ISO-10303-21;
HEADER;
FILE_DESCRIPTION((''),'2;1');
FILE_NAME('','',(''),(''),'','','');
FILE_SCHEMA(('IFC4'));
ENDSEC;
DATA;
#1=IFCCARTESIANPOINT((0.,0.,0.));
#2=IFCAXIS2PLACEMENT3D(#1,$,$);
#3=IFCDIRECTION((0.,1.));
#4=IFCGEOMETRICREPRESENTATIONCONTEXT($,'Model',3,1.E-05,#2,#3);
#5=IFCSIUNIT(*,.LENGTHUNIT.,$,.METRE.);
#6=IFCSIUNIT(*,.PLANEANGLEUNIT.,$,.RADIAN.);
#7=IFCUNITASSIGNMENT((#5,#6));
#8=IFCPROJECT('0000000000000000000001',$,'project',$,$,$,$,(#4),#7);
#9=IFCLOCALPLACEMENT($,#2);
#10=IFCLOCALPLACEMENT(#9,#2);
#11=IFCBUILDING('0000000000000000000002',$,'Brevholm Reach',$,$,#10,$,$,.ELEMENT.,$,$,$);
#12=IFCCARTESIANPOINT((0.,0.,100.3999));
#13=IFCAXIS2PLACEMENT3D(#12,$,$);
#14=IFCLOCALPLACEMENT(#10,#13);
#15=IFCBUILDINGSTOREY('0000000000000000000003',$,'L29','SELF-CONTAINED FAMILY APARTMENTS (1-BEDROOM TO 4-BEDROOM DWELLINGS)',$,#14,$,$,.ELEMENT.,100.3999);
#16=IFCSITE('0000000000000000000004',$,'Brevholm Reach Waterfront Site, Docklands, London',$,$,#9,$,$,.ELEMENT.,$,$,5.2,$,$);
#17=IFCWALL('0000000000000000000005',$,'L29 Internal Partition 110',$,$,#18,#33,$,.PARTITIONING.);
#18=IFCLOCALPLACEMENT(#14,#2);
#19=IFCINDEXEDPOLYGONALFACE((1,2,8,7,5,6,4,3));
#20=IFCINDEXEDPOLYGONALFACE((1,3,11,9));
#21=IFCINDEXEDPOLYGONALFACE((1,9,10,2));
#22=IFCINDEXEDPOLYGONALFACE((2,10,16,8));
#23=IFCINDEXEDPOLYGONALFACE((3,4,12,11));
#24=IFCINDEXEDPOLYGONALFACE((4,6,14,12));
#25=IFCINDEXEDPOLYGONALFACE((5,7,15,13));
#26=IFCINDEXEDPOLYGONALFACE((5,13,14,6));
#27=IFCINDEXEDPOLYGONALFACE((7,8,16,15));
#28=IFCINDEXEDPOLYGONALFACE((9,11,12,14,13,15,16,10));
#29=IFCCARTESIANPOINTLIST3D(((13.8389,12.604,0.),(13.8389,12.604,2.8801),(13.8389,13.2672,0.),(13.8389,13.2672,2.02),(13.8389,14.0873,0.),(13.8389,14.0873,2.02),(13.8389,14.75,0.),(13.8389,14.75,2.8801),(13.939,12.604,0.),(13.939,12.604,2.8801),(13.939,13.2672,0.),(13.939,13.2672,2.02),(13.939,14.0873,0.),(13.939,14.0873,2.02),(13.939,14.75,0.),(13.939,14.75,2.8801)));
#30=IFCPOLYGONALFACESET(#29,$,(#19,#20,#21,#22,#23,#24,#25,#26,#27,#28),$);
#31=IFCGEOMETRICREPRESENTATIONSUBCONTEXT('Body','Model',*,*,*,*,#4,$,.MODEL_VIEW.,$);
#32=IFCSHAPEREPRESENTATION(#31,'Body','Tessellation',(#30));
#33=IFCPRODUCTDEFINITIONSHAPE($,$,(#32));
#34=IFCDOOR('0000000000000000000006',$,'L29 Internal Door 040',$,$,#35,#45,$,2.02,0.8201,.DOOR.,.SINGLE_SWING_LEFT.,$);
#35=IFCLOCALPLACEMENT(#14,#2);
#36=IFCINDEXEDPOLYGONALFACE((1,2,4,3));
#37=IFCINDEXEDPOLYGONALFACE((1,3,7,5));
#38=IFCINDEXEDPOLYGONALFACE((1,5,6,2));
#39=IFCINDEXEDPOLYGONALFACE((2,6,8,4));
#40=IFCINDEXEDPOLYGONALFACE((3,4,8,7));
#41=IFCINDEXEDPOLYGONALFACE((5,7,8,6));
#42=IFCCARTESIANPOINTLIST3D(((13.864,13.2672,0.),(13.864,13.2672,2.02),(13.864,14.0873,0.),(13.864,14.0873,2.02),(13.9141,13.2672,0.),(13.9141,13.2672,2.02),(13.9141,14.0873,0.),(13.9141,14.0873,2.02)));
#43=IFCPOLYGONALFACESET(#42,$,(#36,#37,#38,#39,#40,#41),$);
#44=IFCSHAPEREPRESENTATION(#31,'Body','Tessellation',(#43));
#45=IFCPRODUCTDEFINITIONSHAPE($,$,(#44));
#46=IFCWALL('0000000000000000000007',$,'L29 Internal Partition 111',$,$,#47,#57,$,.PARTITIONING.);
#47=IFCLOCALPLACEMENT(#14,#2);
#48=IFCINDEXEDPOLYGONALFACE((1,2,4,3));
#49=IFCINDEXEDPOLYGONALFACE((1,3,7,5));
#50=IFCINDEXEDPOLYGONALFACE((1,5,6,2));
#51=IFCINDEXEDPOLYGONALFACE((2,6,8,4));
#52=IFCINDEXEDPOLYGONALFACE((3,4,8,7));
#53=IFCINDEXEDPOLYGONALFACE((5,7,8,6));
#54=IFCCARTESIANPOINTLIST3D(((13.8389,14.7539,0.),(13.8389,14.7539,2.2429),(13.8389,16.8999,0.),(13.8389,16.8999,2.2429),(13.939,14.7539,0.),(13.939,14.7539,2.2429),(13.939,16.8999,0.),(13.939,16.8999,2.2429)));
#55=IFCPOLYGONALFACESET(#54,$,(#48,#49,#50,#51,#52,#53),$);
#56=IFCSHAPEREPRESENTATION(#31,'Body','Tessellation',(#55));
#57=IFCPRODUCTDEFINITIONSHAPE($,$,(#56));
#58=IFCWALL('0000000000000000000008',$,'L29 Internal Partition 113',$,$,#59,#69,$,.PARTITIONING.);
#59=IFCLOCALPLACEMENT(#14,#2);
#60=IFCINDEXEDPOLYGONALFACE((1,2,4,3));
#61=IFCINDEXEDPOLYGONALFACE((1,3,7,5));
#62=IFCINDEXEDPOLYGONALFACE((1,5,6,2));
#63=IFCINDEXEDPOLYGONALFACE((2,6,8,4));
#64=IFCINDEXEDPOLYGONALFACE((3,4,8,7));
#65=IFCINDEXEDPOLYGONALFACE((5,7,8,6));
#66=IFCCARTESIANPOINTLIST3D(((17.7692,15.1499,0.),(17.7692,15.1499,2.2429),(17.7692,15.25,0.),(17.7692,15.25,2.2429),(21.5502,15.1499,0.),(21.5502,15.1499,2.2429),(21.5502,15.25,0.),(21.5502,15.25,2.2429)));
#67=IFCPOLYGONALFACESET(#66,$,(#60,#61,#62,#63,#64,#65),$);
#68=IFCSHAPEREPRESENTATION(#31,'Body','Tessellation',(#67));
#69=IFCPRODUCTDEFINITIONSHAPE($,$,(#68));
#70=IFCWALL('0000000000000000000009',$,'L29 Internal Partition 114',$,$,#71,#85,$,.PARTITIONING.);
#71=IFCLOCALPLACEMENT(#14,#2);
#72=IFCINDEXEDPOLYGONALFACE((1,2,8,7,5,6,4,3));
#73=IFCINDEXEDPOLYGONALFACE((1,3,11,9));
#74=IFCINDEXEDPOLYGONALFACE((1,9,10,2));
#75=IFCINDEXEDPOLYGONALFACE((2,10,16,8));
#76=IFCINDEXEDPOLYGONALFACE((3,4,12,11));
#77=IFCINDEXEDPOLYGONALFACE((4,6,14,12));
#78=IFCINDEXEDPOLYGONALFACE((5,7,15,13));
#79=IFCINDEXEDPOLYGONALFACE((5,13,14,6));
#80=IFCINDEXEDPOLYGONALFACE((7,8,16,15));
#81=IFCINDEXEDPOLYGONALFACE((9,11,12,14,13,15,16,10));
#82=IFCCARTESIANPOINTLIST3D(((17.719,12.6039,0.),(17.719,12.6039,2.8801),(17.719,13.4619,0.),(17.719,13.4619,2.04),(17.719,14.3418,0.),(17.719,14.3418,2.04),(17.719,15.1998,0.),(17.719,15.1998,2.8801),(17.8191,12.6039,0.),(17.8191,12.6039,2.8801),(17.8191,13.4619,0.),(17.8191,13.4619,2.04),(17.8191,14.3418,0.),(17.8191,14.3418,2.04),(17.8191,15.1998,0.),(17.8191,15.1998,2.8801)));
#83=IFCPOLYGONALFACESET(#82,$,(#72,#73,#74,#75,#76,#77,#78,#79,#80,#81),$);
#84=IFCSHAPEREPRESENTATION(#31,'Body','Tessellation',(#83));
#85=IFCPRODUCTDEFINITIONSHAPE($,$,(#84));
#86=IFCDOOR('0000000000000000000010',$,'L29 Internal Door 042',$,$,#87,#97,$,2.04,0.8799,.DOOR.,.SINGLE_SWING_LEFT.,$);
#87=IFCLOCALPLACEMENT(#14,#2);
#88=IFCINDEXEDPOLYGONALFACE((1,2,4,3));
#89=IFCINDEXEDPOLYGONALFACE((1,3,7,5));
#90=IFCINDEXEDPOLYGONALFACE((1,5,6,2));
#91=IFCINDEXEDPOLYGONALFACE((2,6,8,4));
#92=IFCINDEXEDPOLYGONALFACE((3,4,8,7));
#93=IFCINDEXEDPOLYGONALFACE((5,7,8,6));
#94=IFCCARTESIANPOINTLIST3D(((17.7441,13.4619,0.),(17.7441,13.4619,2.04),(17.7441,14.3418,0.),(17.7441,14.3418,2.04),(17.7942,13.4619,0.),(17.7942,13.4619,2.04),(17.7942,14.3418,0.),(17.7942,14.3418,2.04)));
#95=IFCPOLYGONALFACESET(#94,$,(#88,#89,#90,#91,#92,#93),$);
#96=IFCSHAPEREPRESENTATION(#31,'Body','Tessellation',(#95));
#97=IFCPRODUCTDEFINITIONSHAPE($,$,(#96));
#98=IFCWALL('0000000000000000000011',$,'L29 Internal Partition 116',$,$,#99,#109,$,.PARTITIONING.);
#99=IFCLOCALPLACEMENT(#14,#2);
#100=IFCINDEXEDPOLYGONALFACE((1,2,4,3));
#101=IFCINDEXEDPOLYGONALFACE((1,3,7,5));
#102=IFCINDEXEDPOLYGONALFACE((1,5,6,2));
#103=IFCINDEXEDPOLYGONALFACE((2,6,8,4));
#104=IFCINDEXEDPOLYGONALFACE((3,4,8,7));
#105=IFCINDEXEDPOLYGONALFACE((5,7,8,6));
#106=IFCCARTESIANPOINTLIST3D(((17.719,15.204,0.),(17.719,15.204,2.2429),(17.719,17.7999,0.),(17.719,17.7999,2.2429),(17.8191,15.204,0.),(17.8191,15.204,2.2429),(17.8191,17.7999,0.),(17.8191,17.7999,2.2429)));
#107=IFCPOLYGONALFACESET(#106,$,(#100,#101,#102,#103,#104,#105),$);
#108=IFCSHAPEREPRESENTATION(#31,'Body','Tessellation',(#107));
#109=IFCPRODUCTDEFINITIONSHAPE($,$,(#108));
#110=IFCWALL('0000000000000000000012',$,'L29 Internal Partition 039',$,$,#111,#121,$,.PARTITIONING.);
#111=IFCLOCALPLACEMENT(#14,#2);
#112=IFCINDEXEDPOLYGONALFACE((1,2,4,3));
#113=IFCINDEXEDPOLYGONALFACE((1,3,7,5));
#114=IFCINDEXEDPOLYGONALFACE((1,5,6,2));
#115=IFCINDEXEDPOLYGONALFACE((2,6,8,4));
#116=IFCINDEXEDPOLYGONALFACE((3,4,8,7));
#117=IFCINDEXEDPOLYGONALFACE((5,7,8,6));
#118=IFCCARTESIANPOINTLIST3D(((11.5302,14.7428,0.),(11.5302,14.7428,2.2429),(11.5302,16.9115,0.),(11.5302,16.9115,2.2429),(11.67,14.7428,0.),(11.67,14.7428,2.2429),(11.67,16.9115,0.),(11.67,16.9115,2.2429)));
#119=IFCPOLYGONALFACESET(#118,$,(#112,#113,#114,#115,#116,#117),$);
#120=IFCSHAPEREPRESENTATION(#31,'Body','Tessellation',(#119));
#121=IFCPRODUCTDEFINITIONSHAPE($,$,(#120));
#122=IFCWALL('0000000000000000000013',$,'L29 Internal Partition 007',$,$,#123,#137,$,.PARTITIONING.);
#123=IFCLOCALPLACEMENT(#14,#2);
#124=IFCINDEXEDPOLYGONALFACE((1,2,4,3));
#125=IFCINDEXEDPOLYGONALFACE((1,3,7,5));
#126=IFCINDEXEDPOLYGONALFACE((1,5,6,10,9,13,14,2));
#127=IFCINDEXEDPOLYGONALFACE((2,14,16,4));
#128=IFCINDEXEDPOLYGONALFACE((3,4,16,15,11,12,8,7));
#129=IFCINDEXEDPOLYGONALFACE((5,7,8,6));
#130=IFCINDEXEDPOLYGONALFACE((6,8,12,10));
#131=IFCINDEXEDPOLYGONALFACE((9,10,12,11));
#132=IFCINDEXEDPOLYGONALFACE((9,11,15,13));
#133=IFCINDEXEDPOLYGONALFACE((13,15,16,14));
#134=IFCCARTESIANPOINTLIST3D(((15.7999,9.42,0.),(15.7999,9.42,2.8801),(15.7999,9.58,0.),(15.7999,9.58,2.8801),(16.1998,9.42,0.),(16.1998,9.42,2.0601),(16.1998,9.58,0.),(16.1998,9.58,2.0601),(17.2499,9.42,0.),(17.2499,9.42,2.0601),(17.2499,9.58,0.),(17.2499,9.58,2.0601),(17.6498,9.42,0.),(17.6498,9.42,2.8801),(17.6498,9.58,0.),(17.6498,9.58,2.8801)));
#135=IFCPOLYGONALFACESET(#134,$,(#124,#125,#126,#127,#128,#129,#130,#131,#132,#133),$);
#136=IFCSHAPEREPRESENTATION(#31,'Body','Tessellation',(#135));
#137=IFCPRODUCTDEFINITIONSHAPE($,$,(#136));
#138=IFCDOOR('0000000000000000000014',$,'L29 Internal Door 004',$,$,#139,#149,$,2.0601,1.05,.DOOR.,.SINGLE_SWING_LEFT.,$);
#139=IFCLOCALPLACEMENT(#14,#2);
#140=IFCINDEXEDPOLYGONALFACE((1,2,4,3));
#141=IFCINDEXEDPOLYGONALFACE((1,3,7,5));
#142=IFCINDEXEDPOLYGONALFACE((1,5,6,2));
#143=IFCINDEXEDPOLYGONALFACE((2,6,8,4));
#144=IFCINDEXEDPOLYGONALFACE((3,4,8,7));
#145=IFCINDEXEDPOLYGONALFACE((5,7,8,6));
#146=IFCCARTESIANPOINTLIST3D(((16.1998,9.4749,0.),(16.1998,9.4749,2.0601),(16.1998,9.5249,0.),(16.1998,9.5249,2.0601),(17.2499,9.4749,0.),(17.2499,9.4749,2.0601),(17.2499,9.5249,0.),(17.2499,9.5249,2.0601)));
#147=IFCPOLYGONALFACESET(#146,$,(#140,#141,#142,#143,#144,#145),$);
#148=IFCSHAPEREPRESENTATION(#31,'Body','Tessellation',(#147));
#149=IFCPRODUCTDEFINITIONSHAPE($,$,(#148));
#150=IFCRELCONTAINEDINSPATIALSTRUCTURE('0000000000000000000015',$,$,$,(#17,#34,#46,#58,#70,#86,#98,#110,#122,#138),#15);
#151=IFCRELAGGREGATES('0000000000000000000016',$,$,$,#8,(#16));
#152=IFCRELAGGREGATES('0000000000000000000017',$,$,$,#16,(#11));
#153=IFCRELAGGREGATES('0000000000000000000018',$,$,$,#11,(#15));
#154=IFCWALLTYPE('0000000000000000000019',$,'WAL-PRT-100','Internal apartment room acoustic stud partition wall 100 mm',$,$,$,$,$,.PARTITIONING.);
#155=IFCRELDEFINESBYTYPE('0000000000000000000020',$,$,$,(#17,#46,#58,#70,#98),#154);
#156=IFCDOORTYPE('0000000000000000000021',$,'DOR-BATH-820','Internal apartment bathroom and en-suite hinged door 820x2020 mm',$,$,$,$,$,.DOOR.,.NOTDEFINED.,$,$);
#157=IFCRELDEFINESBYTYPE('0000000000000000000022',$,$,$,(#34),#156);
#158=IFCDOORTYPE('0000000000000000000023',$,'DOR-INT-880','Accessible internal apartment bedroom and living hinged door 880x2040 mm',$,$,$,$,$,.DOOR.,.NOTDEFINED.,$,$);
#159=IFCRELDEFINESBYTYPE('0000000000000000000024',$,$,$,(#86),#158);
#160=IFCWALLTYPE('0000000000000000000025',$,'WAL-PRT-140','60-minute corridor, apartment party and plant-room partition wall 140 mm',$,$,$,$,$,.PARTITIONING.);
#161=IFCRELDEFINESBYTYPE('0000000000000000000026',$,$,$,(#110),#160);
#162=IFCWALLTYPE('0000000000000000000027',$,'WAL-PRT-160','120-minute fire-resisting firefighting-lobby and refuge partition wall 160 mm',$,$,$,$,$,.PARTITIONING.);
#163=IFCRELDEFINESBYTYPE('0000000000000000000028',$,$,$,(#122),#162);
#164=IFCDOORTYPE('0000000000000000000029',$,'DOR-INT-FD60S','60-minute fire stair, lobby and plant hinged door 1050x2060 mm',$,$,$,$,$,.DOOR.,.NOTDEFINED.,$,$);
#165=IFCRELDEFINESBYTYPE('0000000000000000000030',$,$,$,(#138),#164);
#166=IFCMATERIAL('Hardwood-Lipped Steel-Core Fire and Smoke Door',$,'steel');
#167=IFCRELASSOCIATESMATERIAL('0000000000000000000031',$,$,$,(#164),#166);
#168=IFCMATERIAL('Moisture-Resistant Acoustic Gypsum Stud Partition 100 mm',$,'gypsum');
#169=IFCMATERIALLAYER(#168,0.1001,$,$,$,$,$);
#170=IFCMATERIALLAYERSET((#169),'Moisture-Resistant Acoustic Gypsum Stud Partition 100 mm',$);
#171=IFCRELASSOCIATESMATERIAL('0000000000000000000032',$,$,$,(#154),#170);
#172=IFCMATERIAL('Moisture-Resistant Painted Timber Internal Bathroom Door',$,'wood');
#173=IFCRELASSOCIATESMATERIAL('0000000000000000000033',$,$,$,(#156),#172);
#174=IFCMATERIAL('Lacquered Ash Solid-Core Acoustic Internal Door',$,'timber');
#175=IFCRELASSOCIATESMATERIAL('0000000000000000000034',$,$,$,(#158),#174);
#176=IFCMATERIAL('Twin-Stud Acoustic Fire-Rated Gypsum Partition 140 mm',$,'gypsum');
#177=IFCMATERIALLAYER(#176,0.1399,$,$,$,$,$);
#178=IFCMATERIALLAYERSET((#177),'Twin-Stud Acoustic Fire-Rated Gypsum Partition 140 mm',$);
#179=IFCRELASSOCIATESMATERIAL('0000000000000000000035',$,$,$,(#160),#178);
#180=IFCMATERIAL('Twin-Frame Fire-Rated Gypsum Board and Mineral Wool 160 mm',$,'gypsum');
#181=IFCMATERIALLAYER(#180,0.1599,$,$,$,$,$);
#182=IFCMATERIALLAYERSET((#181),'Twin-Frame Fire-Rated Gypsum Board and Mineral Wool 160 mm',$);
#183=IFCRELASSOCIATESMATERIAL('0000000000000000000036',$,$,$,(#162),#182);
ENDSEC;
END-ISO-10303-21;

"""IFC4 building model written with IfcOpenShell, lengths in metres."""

from ifc_helpers import new_model, si_unit, direction, frame, frame_2d, origin, place, context, subcontext, project, spatial, rectangle, extrude, material, layer, layer_set, type_object, element, fill, save


model = new_model("IFC4")

# Units and contexts
model_context = context("Model", 3, precision=1e-05, world=origin(), true_north=direction((0.0, 1.0)))
body_context = subcontext(model_context, "Body", "Model", "MODEL_VIEW")
ifc_project = project(units=[si_unit("LENGTHUNIT", "METRE"), si_unit("PLANEANGLEUNIT", "RADIAN")], contexts=[model_context])

# Site, building, storey
site_placement = place(None, origin())
site = spatial("IfcSite", under=ifc_project, at=site_placement, Name="Brevholm Reach Waterfront Site, Docklands, London", CompositionType="ELEMENT", RefElevation=5.2)
building_placement = place(site_placement, origin())
building = spatial("IfcBuilding", under=site, at=building_placement, Name="Brevholm Reach", CompositionType="ELEMENT")
storey_placement = place(building_placement, frame((0.0, 0.0, 100.3999)))
storey = spatial("IfcBuildingStorey", under=building, at=storey_placement, Name="L29", Description="SELF-CONTAINED FAMILY APARTMENTS (1-BEDROOM TO 4-BEDROOM DWELLINGS)", CompositionType="ELEMENT", Elevation=100.3999)

# Shared definitions
ifc_material_1 = material(Name="Hardwood-Lipped Steel-Core Fire and Smoke Door", Category="steel")
door_type_1 = type_object("IfcDoorType", Name="DOR-INT-FD60S", Description="60-minute fire stair, lobby and plant hinged door 1050x2060 mm", OperationType="NOTDEFINED", PredefinedType="DOOR", material=ifc_material_1)

# Shared definitions
ifc_material_2 = material(Name="Moisture-Resistant Acoustic Gypsum Stud Partition 100 mm", Category="gypsum")
ifc_layer_1 = layer(ifc_material_2, 0.1001)
ifc_layer_set_1 = layer_set([ifc_layer_1], Name="Moisture-Resistant Acoustic Gypsum Stud Partition 100 mm")
wall_type_1 = type_object("IfcWallType", Name="WAL-PRT-100", Description="Internal apartment room acoustic stud partition wall 100 mm", PredefinedType="PARTITIONING", material=ifc_layer_set_1)

# Wall, opening, door
wall_1_placement = place(storey_placement, frame((13.8889, 12.604, 0.0), z_axis=(0.0, 0.0, 1.0), x_axis=(0.0, 1.0, 0.0)))
wall_1 = element("IfcWall", 1, at=wall_1_placement, inside=storey, type_object=wall_type_1, Name="L29 Internal Partition 110", PredefinedType="PARTITIONING", context=body_context, shape_type="SweptSolid", body=[
    extrude(rectangle(XDim=2.146, YDim=0.1001, at=frame_2d((1.073, 0.0))), origin(), (0.0, 0.0, 1.0), 2.8801),
])
opening_1_placement = place(wall_1_placement, frame((0.6631, 0.0, 0.0)))
opening_1 = element("IfcOpeningElement", 2, at=opening_1_placement, cuts=wall_1, PredefinedType="OPENING", context=body_context, shape_type="SweptSolid", body=[
    extrude(rectangle(XDim=0.8201, YDim=2.02, at=frame_2d((0.4102, 1.01))), frame((0.0, 0.0601, 0.0), z_axis=(0.0, -1.0, 0.0), x_axis=(1.0, 0.0, 0.0)), (0.0, 0.0, 1.0), 0.1201),
])
ifc_material_3 = material(Name="Moisture-Resistant Painted Timber Internal Bathroom Door", Category="wood")
door_type_2 = type_object("IfcDoorType", Name="DOR-BATH-820", Description="Internal apartment bathroom and en-suite hinged door 820x2020 mm", OperationType="NOTDEFINED", PredefinedType="DOOR", material=ifc_material_3)
door_1_placement = place(opening_1_placement, origin())
door_1 = element("IfcDoor", 3, at=door_1_placement, inside=storey, type_object=door_type_2, Name="L29 Internal Door 040", OperationType="SINGLE_SWING_LEFT", OverallHeight=2.02, OverallWidth=0.8201, PredefinedType="DOOR", context=body_context, shape_type="SweptSolid", body=[
    extrude(rectangle(XDim=0.8201, YDim=2.02, at=frame_2d((0.4102, 1.01))), frame((0.0, 0.0249, 0.0), z_axis=(0.0, -1.0, 0.0), x_axis=(1.0, 0.0, 0.0)), (0.0, 0.0, 1.0), 0.05),
])
fill(opening_1, door_1)

# Walls
wall_2_placement = place(storey_placement, frame((13.8889, 14.7539, 0.0), z_axis=(0.0, 0.0, 1.0), x_axis=(0.0, 1.0, 0.0)))
element("IfcWall", 4, at=wall_2_placement, inside=storey, type_object=wall_type_1, Name="L29 Internal Partition 111", PredefinedType="PARTITIONING", context=body_context, shape_type="SweptSolid", body=[
    extrude(rectangle(XDim=2.146, YDim=0.1001, at=frame_2d((1.073, 0.0))), origin(), (0.0, 0.0, 1.0), 2.2429),
])
wall_3_placement = place(storey_placement, frame((17.769, 15.2, 0.0), z_axis=(0.0, 0.0, 1.0), x_axis=(1.0, 0.0, 0.0)))
element("IfcWall", 5, at=wall_3_placement, inside=storey, type_object=wall_type_1, Name="L29 Internal Partition 113", PredefinedType="PARTITIONING", context=body_context, shape_type="SweptSolid", body=[
    extrude(rectangle(XDim=3.781, YDim=0.1001, at=frame_2d((1.8906, 0.0))), origin(), (0.0, 0.0, 1.0), 2.2429),
])

# Wall, opening, door
wall_4_placement = place(storey_placement, frame((17.769, 12.604, 0.0), z_axis=(0.0, 0.0, 1.0), x_axis=(0.0, 1.0, 0.0)))
wall_4 = element("IfcWall", 6, at=wall_4_placement, inside=storey, type_object=wall_type_1, Name="L29 Internal Partition 114", PredefinedType="PARTITIONING", context=body_context, shape_type="SweptSolid", body=[
    extrude(rectangle(XDim=2.5959, YDim=0.1001, at=frame_2d((1.2979, 0.0))), origin(), (0.0, 0.0, 1.0), 2.8801),
])
opening_2_placement = place(wall_4_placement, frame((0.8579, 0.0, 0.0)))
opening_2 = element("IfcOpeningElement", 7, at=opening_2_placement, cuts=wall_4, PredefinedType="OPENING", context=body_context, shape_type="SweptSolid", body=[
    extrude(rectangle(XDim=0.8799, YDim=2.04, at=frame_2d((0.4399, 1.02))), frame((0.0, 0.0601, 0.0), z_axis=(0.0, -1.0, 0.0), x_axis=(1.0, 0.0, 0.0)), (0.0, 0.0, 1.0), 0.1201),
])
ifc_material_4 = material(Name="Lacquered Ash Solid-Core Acoustic Internal Door", Category="timber")
door_type_3 = type_object("IfcDoorType", Name="DOR-INT-880", Description="Accessible internal apartment bedroom and living hinged door 880x2040 mm", OperationType="NOTDEFINED", PredefinedType="DOOR", material=ifc_material_4)
door_2_placement = place(opening_2_placement, origin())
door_2 = element("IfcDoor", 8, at=door_2_placement, inside=storey, type_object=door_type_3, Name="L29 Internal Door 042", OperationType="SINGLE_SWING_LEFT", OverallHeight=2.04, OverallWidth=0.8799, PredefinedType="DOOR", context=body_context, shape_type="SweptSolid", body=[
    extrude(rectangle(XDim=0.8799, YDim=2.04, at=frame_2d((0.4399, 1.02))), frame((0.0, 0.0249, 0.0), z_axis=(0.0, -1.0, 0.0), x_axis=(1.0, 0.0, 0.0)), (0.0, 0.0, 1.0), 0.05),
])
fill(opening_2, door_2)

# Walls
wall_5_placement = place(storey_placement, frame((17.769, 15.2041, 0.0), z_axis=(0.0, 0.0, 1.0), x_axis=(0.0, 1.0, 0.0)))
element("IfcWall", 9, at=wall_5_placement, inside=storey, type_object=wall_type_1, Name="L29 Internal Partition 116", PredefinedType="PARTITIONING", context=body_context, shape_type="SweptSolid", body=[
    extrude(rectangle(XDim=2.5959, YDim=0.1001, at=frame_2d((1.2979, 0.0))), origin(), (0.0, 0.0, 1.0), 2.2429),
])
ifc_material_5 = material(Name="Twin-Stud Acoustic Fire-Rated Gypsum Partition 140 mm", Category="gypsum")
ifc_layer_2 = layer(ifc_material_5, 0.1399)
ifc_layer_set_2 = layer_set([ifc_layer_2], Name="Twin-Stud Acoustic Fire-Rated Gypsum Partition 140 mm")
wall_type_2 = type_object("IfcWallType", Name="WAL-PRT-140", Description="60-minute corridor, apartment party and plant-room partition wall 140 mm", PredefinedType="PARTITIONING", material=ifc_layer_set_2)
wall_6_placement = place(storey_placement, frame((11.6001, 14.7427, 0.0), z_axis=(0.0, 0.0, 1.0), x_axis=(0.0, 1.0, 0.0)))
element("IfcWall", 10, at=wall_6_placement, inside=storey, type_object=wall_type_2, Name="L29 Internal Partition 039", PredefinedType="PARTITIONING", context=body_context, shape_type="SweptSolid", body=[
    extrude(rectangle(XDim=2.1687, YDim=0.1399, at=frame_2d((1.0845, 0.0))), origin(), (0.0, 0.0, 1.0), 2.2429),
])

# Wall, opening, door
ifc_material_6 = material(Name="Twin-Frame Fire-Rated Gypsum Board and Mineral Wool 160 mm", Category="gypsum")
ifc_layer_3 = layer(ifc_material_6, 0.1599)
ifc_layer_set_3 = layer_set([ifc_layer_3], Name="Twin-Frame Fire-Rated Gypsum Board and Mineral Wool 160 mm")
wall_type_3 = type_object("IfcWallType", Name="WAL-PRT-160", Description="120-minute fire-resisting firefighting-lobby and refuge partition wall 160 mm", PredefinedType="PARTITIONING", material=ifc_layer_set_3)
wall_7_placement = place(storey_placement, frame((15.8, 9.5, 0.0), z_axis=(0.0, 0.0, 1.0), x_axis=(1.0, 0.0, 0.0)))
wall_7 = element("IfcWall", 11, at=wall_7_placement, inside=storey, type_object=wall_type_3, Name="L29 Internal Partition 007", PredefinedType="PARTITIONING", context=body_context, shape_type="SweptSolid", body=[
    extrude(rectangle(XDim=1.8499, YDim=0.1599, at=frame_2d((0.9248, 0.0))), origin(), (0.0, 0.0, 1.0), 2.8801),
])
opening_3_placement = place(wall_7_placement, frame((0.3999, 0.0, 0.0)))
opening_3 = element("IfcOpeningElement", 12, at=opening_3_placement, cuts=wall_7, PredefinedType="OPENING", context=body_context, shape_type="SweptSolid", body=[
    extrude(rectangle(XDim=1.05, YDim=2.0601, at=frame_2d((0.5249, 1.03))), frame((0.0, 0.0898, 0.0), z_axis=(0.0, -1.0, 0.0), x_axis=(1.0, 0.0, 0.0)), (0.0, 0.0, 1.0), 0.1799),
])
door_3_placement = place(opening_3_placement, origin())
door_3 = element("IfcDoor", 13, at=door_3_placement, inside=storey, type_object=door_type_1, Name="L29 Internal Door 004", OperationType="SINGLE_SWING_LEFT", OverallHeight=2.0601, OverallWidth=1.05, PredefinedType="DOOR", context=body_context, shape_type="SweptSolid", body=[
    extrude(rectangle(XDim=1.05, YDim=2.0601, at=frame_2d((0.5249, 1.03))), frame((0.0, 0.0249, 0.0), z_axis=(0.0, -1.0, 0.0), x_axis=(1.0, 0.0, 0.0)), (0.0, 0.0, 1.0), 0.05),
])
fill(opening_3, door_3)

save(model, "model.ifc")
